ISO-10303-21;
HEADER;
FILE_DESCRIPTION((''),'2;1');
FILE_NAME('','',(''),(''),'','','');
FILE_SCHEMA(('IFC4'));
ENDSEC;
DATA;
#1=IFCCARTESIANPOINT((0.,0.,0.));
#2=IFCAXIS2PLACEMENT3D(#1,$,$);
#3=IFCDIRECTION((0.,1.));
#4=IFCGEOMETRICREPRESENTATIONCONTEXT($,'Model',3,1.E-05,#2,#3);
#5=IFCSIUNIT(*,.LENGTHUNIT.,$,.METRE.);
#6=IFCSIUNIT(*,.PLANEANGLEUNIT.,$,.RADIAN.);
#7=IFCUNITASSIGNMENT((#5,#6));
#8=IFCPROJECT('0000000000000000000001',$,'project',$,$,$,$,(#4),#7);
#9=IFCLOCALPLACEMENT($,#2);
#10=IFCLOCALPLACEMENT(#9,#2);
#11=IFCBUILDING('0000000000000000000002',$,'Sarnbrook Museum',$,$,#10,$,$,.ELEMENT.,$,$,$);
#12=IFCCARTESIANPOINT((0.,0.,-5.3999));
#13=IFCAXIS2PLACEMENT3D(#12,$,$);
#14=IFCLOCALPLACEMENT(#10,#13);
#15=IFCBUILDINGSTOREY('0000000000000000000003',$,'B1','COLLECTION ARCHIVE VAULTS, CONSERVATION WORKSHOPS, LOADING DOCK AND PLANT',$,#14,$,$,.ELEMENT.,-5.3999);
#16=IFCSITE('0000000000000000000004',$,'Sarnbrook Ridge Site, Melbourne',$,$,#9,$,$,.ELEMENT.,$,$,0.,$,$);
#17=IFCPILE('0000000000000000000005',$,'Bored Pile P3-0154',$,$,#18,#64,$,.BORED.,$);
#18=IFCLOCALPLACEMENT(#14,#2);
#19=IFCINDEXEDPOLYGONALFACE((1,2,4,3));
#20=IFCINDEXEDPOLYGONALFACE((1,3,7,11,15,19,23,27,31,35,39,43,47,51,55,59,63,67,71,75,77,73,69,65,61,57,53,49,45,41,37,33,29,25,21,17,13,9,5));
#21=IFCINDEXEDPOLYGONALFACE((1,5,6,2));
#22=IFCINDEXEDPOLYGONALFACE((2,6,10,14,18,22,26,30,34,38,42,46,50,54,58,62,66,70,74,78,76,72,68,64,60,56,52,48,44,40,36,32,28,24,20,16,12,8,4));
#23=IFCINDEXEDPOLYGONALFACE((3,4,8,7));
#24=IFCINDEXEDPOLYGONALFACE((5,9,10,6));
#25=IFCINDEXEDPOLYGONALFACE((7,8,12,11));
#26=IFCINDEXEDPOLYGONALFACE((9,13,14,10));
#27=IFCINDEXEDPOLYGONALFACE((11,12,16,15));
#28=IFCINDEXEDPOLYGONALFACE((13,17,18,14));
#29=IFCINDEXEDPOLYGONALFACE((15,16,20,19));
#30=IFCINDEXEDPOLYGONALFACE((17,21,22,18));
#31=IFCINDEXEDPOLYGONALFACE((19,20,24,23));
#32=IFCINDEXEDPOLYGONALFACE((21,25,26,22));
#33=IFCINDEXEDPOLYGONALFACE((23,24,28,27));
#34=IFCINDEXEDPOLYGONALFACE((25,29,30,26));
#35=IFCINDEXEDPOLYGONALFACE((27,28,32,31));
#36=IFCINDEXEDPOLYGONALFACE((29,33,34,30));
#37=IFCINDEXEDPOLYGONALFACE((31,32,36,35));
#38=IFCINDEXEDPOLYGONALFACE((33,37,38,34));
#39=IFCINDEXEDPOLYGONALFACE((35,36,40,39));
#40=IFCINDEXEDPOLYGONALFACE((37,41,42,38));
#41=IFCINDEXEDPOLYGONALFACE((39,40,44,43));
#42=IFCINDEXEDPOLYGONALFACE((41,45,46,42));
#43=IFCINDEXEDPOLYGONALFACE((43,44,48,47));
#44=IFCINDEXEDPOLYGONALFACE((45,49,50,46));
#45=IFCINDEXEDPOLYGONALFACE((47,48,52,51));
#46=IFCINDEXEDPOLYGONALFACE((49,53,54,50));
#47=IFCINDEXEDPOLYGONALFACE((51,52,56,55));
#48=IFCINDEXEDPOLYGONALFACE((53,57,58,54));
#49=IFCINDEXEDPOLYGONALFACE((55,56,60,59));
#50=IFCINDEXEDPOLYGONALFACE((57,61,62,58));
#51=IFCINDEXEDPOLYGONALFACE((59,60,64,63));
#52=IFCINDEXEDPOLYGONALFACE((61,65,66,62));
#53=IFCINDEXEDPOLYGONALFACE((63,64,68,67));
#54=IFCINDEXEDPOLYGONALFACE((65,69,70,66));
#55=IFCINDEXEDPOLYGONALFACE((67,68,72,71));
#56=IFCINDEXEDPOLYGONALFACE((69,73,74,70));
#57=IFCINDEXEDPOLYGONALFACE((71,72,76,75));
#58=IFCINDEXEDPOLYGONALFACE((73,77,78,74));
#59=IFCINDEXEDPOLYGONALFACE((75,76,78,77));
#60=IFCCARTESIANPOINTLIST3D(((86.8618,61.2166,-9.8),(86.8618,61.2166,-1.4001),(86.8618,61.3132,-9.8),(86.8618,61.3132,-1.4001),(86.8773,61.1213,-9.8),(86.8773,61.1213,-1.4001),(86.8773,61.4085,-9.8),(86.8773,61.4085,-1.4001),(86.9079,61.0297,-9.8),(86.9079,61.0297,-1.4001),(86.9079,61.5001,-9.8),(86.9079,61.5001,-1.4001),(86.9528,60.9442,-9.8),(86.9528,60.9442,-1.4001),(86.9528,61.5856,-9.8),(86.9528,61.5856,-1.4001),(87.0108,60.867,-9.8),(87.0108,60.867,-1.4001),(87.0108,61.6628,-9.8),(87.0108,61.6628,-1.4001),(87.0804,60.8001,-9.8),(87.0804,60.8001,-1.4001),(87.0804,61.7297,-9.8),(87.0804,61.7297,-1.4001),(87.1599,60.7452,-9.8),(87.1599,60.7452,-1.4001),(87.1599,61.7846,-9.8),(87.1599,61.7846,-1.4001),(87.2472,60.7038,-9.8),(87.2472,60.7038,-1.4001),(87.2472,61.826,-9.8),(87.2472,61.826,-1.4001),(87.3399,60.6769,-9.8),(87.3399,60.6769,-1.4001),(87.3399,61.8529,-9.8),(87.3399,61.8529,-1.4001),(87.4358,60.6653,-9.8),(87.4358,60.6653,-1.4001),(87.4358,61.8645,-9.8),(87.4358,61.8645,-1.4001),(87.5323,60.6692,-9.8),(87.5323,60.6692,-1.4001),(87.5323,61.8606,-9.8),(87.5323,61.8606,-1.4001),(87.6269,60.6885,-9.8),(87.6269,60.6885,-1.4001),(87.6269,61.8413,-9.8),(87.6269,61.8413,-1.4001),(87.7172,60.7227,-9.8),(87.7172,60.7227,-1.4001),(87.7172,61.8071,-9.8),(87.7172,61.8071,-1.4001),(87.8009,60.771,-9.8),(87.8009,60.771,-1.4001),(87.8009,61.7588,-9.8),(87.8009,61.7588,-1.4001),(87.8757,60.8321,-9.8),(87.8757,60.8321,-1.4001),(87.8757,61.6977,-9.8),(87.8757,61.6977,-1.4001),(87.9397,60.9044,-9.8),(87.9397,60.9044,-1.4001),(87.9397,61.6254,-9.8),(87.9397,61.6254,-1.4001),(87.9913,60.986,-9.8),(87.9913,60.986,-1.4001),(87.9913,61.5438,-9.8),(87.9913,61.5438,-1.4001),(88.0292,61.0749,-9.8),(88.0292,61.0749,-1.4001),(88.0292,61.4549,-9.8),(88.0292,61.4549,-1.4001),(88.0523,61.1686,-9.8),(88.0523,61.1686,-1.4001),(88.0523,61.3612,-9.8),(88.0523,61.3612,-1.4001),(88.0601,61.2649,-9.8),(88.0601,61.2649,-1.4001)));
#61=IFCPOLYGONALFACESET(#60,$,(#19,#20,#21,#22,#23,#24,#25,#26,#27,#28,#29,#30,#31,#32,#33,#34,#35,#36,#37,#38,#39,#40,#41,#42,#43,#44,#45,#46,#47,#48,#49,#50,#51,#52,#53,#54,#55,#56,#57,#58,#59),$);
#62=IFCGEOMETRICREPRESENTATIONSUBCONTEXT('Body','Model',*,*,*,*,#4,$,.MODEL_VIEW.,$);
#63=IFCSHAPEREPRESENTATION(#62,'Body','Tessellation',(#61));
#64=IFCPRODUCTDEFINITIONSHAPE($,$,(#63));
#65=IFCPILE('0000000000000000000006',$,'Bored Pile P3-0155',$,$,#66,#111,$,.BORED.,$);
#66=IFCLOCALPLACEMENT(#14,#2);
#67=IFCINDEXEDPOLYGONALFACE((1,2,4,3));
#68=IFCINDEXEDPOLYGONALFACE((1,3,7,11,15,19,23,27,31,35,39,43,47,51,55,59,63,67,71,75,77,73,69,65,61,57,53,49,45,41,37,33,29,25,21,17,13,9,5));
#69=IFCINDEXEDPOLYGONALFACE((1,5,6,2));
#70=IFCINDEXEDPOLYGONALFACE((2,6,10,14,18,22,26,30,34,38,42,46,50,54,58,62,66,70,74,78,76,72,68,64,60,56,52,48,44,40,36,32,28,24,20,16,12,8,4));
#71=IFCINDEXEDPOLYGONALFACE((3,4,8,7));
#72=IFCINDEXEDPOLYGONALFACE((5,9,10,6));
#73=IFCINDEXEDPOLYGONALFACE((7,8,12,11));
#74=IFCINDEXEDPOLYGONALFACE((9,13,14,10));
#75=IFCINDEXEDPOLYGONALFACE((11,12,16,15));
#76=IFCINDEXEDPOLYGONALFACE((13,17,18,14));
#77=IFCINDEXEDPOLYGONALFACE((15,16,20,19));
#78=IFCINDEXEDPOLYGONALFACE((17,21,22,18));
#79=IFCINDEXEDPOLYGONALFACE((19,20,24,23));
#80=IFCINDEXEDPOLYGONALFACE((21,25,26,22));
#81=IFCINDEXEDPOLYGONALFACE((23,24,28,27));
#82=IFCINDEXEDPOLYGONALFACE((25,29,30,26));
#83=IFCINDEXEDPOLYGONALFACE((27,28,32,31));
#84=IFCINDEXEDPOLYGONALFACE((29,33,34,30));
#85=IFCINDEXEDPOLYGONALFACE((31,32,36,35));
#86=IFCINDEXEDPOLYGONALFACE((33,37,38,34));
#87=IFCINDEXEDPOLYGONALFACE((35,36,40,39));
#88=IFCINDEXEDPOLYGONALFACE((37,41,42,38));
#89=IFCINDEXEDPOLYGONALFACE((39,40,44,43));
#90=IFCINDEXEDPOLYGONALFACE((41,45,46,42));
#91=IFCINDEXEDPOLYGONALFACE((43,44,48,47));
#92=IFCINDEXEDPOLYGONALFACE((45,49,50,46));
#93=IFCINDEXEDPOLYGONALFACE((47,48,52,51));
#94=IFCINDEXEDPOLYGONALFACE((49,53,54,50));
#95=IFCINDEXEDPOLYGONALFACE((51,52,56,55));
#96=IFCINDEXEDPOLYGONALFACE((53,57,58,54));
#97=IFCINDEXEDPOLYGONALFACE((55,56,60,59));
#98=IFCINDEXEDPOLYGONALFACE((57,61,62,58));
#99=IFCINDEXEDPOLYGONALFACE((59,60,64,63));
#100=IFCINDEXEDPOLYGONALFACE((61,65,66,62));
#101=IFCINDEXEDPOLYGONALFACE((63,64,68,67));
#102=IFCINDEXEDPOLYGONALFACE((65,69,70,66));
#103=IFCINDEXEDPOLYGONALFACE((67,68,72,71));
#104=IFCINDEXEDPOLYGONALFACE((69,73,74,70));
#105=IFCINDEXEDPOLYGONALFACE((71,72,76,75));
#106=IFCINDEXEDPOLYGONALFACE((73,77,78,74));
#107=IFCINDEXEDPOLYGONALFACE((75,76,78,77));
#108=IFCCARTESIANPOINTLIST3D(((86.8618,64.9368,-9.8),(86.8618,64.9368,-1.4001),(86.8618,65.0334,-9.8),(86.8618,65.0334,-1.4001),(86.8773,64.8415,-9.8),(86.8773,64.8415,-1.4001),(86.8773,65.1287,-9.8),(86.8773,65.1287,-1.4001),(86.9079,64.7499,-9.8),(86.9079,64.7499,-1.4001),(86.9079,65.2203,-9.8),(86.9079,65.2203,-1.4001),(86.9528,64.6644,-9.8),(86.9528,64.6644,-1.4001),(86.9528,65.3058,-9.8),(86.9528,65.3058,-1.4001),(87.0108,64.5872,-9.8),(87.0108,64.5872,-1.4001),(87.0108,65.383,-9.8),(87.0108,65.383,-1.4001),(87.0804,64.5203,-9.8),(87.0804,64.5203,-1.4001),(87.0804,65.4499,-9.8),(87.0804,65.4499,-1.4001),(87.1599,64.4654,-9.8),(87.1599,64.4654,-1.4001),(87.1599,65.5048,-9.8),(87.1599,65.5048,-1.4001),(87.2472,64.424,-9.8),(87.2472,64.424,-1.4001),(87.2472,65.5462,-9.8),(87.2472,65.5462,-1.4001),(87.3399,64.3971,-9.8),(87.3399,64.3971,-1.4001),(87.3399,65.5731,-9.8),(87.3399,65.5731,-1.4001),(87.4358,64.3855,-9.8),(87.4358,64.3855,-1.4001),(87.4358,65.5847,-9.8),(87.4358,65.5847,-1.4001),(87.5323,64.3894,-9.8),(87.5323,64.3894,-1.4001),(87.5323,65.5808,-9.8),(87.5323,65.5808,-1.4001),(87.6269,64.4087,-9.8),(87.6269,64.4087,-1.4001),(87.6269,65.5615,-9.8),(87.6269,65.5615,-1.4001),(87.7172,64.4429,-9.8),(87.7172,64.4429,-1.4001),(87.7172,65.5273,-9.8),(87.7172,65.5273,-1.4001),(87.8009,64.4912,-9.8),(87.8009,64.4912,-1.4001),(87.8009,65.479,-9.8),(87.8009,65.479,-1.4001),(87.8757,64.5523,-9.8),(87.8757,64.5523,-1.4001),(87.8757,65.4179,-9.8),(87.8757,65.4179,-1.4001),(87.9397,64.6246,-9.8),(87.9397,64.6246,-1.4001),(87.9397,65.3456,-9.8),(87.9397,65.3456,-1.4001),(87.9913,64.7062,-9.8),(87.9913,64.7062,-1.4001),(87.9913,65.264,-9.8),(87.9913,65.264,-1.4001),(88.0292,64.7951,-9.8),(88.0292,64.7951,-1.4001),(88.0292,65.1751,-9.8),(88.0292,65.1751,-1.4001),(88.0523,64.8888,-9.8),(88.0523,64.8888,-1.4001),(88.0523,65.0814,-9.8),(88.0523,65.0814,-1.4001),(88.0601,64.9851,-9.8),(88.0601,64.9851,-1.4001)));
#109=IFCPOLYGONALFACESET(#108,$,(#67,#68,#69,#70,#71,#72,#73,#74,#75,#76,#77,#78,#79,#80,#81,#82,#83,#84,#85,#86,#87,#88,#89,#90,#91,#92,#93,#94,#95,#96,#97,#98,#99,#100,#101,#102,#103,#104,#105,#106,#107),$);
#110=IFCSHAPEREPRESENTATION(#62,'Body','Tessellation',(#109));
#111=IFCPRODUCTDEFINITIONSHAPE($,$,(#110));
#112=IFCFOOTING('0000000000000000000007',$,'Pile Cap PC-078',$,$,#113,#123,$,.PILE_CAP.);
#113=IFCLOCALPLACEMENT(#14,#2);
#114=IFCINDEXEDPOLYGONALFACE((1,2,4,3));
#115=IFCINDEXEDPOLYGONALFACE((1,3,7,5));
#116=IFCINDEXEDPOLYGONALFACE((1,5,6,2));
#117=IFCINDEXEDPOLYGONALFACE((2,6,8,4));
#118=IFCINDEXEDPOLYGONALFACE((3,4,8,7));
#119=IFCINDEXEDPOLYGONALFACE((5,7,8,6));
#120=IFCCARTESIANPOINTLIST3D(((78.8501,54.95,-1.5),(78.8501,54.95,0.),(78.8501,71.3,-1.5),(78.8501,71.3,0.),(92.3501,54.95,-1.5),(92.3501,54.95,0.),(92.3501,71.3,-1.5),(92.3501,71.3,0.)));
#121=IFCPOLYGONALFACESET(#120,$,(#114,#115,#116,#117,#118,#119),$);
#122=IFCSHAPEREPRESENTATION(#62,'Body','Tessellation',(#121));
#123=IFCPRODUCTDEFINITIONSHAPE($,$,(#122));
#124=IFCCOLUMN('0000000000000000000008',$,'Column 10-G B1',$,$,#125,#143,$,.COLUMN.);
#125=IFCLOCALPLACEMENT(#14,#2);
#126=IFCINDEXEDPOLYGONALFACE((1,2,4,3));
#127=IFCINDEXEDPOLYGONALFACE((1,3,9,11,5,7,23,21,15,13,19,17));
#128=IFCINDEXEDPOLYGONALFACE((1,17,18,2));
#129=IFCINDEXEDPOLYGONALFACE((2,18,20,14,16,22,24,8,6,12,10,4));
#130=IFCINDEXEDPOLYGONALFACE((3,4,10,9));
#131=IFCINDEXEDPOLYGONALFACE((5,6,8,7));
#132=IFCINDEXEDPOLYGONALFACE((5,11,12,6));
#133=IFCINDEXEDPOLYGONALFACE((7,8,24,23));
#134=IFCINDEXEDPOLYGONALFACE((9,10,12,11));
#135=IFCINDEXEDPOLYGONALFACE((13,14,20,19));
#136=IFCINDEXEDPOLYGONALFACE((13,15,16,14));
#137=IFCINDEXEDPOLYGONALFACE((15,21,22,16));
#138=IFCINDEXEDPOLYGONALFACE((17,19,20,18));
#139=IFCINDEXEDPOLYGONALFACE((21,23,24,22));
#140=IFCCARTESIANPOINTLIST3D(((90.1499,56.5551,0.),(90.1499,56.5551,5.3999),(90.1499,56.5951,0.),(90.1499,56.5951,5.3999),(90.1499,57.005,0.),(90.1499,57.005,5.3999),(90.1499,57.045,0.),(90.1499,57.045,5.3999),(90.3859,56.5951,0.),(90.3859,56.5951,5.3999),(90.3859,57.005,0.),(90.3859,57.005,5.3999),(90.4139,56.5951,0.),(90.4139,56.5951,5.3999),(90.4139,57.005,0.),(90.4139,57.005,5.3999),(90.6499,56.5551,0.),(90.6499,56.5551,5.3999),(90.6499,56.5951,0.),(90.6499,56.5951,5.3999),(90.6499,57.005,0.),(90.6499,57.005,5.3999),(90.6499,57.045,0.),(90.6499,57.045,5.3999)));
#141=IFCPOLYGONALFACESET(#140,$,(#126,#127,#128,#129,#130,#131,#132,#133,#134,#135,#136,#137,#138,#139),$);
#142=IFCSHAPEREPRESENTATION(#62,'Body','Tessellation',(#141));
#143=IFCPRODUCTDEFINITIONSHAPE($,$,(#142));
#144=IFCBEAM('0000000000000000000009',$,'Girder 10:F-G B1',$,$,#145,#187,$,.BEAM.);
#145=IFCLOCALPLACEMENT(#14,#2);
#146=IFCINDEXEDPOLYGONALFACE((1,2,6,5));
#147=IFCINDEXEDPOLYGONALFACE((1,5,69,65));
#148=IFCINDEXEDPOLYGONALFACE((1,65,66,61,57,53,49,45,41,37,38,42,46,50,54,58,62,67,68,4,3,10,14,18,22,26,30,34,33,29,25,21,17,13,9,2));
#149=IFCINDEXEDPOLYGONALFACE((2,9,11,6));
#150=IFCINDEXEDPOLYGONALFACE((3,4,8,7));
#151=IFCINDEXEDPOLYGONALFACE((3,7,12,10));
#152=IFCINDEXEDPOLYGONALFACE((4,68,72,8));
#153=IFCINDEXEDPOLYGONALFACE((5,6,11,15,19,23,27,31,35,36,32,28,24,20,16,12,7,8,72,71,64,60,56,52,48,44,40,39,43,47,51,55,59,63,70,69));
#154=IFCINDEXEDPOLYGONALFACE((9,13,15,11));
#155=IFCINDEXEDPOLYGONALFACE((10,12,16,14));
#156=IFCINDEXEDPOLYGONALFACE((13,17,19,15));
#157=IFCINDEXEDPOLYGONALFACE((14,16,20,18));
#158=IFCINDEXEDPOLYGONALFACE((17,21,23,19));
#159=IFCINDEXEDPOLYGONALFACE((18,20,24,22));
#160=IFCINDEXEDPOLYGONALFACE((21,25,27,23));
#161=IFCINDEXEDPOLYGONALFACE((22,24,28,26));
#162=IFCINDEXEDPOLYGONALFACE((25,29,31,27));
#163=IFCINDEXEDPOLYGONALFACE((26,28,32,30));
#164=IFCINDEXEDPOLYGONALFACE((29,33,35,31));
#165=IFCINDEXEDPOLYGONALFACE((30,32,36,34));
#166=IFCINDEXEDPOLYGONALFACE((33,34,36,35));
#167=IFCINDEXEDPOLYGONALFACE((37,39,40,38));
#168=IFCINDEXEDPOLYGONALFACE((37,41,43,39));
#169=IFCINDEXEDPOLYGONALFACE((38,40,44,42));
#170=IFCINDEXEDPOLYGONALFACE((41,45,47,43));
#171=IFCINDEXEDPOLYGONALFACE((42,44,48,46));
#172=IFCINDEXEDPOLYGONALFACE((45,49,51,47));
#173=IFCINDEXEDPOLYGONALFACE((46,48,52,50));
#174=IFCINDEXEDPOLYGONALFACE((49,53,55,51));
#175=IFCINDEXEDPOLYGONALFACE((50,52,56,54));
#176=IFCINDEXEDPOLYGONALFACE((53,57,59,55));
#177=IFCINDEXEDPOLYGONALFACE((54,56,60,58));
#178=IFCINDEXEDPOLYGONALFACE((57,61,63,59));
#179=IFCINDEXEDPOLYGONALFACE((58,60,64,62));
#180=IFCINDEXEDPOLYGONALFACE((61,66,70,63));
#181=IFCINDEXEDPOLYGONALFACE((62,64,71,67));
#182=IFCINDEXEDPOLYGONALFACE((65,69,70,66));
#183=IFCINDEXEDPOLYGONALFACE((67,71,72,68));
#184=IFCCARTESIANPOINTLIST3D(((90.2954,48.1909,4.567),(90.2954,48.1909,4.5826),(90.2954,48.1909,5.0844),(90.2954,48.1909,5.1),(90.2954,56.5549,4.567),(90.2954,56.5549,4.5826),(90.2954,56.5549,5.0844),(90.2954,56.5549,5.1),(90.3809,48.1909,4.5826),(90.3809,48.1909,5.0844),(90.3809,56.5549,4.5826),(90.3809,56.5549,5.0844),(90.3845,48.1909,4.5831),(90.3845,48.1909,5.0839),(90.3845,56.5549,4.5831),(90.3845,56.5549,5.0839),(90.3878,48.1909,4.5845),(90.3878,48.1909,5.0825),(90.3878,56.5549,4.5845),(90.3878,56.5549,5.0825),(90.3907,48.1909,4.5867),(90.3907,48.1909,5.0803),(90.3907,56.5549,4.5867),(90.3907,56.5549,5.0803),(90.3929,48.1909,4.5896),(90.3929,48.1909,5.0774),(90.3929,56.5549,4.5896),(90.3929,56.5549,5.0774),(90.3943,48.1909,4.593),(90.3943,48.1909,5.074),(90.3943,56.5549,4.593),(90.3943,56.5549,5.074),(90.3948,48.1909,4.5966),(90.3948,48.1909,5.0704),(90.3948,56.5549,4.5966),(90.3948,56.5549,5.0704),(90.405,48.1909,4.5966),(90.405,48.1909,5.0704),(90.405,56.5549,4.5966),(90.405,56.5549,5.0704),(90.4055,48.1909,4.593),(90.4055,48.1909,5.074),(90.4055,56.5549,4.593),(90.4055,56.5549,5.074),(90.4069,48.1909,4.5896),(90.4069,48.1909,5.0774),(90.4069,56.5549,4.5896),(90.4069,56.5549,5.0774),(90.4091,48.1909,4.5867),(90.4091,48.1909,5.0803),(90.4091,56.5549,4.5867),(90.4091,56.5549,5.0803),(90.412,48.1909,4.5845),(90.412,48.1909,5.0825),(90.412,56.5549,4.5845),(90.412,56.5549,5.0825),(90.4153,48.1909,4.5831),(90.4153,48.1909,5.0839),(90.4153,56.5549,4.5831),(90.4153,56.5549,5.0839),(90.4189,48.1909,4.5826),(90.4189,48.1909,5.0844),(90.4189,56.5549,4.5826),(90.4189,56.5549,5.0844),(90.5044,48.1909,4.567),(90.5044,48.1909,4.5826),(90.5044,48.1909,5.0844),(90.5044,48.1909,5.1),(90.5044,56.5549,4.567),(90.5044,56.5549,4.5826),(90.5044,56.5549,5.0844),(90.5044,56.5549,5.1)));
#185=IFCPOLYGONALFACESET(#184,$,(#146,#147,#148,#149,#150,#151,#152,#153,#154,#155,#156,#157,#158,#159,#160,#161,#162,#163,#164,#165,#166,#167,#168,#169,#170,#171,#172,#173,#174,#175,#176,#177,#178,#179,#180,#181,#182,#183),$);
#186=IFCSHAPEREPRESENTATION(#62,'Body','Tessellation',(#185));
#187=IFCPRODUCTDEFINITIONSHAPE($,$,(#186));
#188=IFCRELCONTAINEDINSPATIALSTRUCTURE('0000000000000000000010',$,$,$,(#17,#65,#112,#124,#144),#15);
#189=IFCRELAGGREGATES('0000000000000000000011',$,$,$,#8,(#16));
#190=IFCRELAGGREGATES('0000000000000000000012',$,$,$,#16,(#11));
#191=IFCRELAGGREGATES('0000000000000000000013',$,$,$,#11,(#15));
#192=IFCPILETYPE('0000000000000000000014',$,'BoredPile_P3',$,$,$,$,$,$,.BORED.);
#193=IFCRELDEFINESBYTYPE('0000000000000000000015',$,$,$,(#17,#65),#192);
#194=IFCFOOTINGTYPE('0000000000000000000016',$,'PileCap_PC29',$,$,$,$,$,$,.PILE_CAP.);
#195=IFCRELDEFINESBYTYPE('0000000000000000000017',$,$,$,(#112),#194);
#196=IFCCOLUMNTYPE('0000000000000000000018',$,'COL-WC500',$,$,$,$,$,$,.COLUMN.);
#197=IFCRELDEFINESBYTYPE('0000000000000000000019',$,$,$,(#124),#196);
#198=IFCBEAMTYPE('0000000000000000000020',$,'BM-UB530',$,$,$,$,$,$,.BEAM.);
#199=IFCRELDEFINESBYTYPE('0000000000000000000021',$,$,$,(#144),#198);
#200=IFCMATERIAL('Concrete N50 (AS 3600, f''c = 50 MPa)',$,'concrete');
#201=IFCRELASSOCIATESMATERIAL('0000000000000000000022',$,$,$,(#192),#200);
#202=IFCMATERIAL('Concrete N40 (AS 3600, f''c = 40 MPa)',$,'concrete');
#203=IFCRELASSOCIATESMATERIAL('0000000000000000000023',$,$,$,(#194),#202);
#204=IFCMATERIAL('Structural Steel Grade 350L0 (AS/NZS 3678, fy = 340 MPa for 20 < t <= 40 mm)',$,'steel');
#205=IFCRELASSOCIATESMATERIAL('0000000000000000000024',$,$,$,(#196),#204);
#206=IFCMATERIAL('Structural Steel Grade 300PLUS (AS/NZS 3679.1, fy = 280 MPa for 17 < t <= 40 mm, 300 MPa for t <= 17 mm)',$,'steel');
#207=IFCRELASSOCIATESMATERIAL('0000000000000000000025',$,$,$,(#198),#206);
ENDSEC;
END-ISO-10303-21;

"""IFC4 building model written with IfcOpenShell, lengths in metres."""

from ifc_helpers import new_model, si_unit, direction, frame, origin, origin_2d, place, context, subcontext, project, spatial, rectangle, circle, i_section, extrude, material, material_profile, profile_set, type_object, element, save


model = new_model("IFC4")

# Units and contexts
model_context = context("Model", 3, precision=1e-05, world=origin(), true_north=direction((0.0, 1.0)))
body_context = subcontext(model_context, "Body", "Model", "MODEL_VIEW")
ifc_project = project(units=[si_unit("LENGTHUNIT", "METRE"), si_unit("PLANEANGLEUNIT", "RADIAN")], contexts=[model_context])

# Site, building, storey
site_placement = place(None, origin())
site = spatial("IfcSite", under=ifc_project, at=site_placement, Name="Sarnbrook Ridge Site, Melbourne", CompositionType="ELEMENT", RefElevation=0.0)
building_placement = place(site_placement, origin())
building = spatial("IfcBuilding", under=site, at=building_placement, Name="Sarnbrook Museum", CompositionType="ELEMENT")
storey_placement = place(building_placement, frame((0.0, 0.0, -5.3999)))
storey = spatial("IfcBuildingStorey", under=building, at=storey_placement, Name="B1", Description="COLLECTION ARCHIVE VAULTS, CONSERVATION WORKSHOPS, LOADING DOCK AND PLANT", CompositionType="ELEMENT", Elevation=-5.3999)

# Piles
ifc_material_1 = material(Name="Concrete N50 (AS 3600, f'c = 50 MPa)", Category="concrete")
ifc_material_profile_1 = material_profile(ifc_material_1, circle(Radius=0.6001, at=origin_2d()), Name="BORED PILE D1200")
ifc_profile_set_1 = profile_set([ifc_material_profile_1], Name="Concrete N50 (AS 3600, f'c = 50 MPa)")
pile_type = type_object("IfcPileType", Name="BoredPile_P3", PredefinedType="BORED", material=ifc_profile_set_1)
for number, where, z_axis, x_axis, name in (
    (1, (87.46, 61.2649, -1.4001), (0.0, 0.0, -1.0), (1.0, 0.0, 0.0), "Bored Pile P3-0154"),
    (2, (87.46, 64.9851, -1.4001), (0.0, 0.0, -1.0), (1.0, 0.0, 0.0), "Bored Pile P3-0155"),
):
    element("IfcPile", number, at=place(storey_placement, frame(where, z_axis=z_axis, x_axis=x_axis)), inside=storey, type_object=pile_type, Name=name, PredefinedType="BORED", context=body_context, shape_type="SweptSolid", body=[
        extrude(circle(Radius=0.6001, at=origin_2d()), origin(), (0.0, 0.0, 1.0), 8.3999),
    ])

# Footing
ifc_material_2 = material(Name="Concrete N40 (AS 3600, f'c = 40 MPa)", Category="concrete")
footing_type = type_object("IfcFootingType", Name="PileCap_PC29", PredefinedType="PILE_CAP", material=ifc_material_2)
footing_placement = place(storey_placement, frame((85.6001, 63.125, -1.5), z_axis=(0.0, 0.0, 1.0), x_axis=(1.0, 0.0, 0.0)))
element("IfcFooting", 3, at=footing_placement, inside=storey, type_object=footing_type, Name="Pile Cap PC-078", PredefinedType="PILE_CAP", context=body_context, shape_type="SweptSolid", body=[
    extrude(rectangle(XDim=13.5, YDim=16.3501, at=origin_2d()), origin(), (0.0, 0.0, 1.0), 1.5),
])

# Column
ifc_material_3 = material(Name="Structural Steel Grade 350L0 (AS/NZS 3678, fy = 340 MPa for 20 < t <= 40 mm)", Category="steel")
ifc_material_profile_2 = material_profile(ifc_material_3, i_section(OverallWidth=0.5, OverallDepth=0.49, WebThickness=0.0281, FlangeThickness=0.04, at=origin_2d()), Name="500WC340")
ifc_profile_set_2 = profile_set([ifc_material_profile_2], Name="Structural Steel Grade 350L0 (AS/NZS 3678, fy = 340 MPa for 20 < t <= 40 mm)")
column_type = type_object("IfcColumnType", Name="COL-WC500", PredefinedType="COLUMN", material=ifc_profile_set_2)
column_placement = place(storey_placement, frame((90.3999, 56.8, 0.0), z_axis=(0.0, 0.0, 1.0), x_axis=(1.0, 0.0, 0.0)))
element("IfcColumn", 4, at=column_placement, inside=storey, type_object=column_type, Name="Column 10-G B1", PredefinedType="COLUMN", context=body_context, shape_type="SweptSolid", body=[
    extrude(i_section(OverallWidth=0.5, OverallDepth=0.49, WebThickness=0.0281, FlangeThickness=0.04, at=origin_2d()), origin(), (0.0, 0.0, 1.0), 5.3999),
])

# Beam
ifc_material_4 = material(Name="Structural Steel Grade 300PLUS (AS/NZS 3679.1, fy = 280 MPa for 17 < t <= 40 mm, 300 MPa for t <= 17 mm)", Category="steel")
ifc_material_profile_3 = material_profile(ifc_material_4, i_section(OverallWidth=0.209, OverallDepth=0.533, WebThickness=0.0103, FlangeThickness=0.0156, FilletRadius=0.0139, at=origin_2d()), Name="530UB92.4")
ifc_profile_set_3 = profile_set([ifc_material_profile_3], Name="Structural Steel Grade 300PLUS (AS/NZS 3679.1, fy = 280 MPa for 17 < t <= 40 mm, 300 MPa for t <= 17 mm)")
beam_type_1 = type_object("IfcBeamType", Name="BM-UB530", PredefinedType="BEAM", material=ifc_profile_set_3)
beam_1_placement = place(storey_placement, frame((90.3999, 48.1909, 4.8335), z_axis=(0.0, 1.0, 0.0), x_axis=(-1.0, 0.0, 0.0)))
element("IfcBeam", 5, at=beam_1_placement, inside=storey, type_object=beam_type_1, Name="Girder 10:F-G B1", PredefinedType="BEAM", context=body_context, shape_type="SweptSolid", body=[
    extrude(i_section(OverallWidth=0.209, OverallDepth=0.533, WebThickness=0.0103, FlangeThickness=0.0156, FilletRadius=0.0139, at=origin_2d()), origin(), (0.0, 0.0, 1.0), 8.364),
])

save(model, "model.ifc")
